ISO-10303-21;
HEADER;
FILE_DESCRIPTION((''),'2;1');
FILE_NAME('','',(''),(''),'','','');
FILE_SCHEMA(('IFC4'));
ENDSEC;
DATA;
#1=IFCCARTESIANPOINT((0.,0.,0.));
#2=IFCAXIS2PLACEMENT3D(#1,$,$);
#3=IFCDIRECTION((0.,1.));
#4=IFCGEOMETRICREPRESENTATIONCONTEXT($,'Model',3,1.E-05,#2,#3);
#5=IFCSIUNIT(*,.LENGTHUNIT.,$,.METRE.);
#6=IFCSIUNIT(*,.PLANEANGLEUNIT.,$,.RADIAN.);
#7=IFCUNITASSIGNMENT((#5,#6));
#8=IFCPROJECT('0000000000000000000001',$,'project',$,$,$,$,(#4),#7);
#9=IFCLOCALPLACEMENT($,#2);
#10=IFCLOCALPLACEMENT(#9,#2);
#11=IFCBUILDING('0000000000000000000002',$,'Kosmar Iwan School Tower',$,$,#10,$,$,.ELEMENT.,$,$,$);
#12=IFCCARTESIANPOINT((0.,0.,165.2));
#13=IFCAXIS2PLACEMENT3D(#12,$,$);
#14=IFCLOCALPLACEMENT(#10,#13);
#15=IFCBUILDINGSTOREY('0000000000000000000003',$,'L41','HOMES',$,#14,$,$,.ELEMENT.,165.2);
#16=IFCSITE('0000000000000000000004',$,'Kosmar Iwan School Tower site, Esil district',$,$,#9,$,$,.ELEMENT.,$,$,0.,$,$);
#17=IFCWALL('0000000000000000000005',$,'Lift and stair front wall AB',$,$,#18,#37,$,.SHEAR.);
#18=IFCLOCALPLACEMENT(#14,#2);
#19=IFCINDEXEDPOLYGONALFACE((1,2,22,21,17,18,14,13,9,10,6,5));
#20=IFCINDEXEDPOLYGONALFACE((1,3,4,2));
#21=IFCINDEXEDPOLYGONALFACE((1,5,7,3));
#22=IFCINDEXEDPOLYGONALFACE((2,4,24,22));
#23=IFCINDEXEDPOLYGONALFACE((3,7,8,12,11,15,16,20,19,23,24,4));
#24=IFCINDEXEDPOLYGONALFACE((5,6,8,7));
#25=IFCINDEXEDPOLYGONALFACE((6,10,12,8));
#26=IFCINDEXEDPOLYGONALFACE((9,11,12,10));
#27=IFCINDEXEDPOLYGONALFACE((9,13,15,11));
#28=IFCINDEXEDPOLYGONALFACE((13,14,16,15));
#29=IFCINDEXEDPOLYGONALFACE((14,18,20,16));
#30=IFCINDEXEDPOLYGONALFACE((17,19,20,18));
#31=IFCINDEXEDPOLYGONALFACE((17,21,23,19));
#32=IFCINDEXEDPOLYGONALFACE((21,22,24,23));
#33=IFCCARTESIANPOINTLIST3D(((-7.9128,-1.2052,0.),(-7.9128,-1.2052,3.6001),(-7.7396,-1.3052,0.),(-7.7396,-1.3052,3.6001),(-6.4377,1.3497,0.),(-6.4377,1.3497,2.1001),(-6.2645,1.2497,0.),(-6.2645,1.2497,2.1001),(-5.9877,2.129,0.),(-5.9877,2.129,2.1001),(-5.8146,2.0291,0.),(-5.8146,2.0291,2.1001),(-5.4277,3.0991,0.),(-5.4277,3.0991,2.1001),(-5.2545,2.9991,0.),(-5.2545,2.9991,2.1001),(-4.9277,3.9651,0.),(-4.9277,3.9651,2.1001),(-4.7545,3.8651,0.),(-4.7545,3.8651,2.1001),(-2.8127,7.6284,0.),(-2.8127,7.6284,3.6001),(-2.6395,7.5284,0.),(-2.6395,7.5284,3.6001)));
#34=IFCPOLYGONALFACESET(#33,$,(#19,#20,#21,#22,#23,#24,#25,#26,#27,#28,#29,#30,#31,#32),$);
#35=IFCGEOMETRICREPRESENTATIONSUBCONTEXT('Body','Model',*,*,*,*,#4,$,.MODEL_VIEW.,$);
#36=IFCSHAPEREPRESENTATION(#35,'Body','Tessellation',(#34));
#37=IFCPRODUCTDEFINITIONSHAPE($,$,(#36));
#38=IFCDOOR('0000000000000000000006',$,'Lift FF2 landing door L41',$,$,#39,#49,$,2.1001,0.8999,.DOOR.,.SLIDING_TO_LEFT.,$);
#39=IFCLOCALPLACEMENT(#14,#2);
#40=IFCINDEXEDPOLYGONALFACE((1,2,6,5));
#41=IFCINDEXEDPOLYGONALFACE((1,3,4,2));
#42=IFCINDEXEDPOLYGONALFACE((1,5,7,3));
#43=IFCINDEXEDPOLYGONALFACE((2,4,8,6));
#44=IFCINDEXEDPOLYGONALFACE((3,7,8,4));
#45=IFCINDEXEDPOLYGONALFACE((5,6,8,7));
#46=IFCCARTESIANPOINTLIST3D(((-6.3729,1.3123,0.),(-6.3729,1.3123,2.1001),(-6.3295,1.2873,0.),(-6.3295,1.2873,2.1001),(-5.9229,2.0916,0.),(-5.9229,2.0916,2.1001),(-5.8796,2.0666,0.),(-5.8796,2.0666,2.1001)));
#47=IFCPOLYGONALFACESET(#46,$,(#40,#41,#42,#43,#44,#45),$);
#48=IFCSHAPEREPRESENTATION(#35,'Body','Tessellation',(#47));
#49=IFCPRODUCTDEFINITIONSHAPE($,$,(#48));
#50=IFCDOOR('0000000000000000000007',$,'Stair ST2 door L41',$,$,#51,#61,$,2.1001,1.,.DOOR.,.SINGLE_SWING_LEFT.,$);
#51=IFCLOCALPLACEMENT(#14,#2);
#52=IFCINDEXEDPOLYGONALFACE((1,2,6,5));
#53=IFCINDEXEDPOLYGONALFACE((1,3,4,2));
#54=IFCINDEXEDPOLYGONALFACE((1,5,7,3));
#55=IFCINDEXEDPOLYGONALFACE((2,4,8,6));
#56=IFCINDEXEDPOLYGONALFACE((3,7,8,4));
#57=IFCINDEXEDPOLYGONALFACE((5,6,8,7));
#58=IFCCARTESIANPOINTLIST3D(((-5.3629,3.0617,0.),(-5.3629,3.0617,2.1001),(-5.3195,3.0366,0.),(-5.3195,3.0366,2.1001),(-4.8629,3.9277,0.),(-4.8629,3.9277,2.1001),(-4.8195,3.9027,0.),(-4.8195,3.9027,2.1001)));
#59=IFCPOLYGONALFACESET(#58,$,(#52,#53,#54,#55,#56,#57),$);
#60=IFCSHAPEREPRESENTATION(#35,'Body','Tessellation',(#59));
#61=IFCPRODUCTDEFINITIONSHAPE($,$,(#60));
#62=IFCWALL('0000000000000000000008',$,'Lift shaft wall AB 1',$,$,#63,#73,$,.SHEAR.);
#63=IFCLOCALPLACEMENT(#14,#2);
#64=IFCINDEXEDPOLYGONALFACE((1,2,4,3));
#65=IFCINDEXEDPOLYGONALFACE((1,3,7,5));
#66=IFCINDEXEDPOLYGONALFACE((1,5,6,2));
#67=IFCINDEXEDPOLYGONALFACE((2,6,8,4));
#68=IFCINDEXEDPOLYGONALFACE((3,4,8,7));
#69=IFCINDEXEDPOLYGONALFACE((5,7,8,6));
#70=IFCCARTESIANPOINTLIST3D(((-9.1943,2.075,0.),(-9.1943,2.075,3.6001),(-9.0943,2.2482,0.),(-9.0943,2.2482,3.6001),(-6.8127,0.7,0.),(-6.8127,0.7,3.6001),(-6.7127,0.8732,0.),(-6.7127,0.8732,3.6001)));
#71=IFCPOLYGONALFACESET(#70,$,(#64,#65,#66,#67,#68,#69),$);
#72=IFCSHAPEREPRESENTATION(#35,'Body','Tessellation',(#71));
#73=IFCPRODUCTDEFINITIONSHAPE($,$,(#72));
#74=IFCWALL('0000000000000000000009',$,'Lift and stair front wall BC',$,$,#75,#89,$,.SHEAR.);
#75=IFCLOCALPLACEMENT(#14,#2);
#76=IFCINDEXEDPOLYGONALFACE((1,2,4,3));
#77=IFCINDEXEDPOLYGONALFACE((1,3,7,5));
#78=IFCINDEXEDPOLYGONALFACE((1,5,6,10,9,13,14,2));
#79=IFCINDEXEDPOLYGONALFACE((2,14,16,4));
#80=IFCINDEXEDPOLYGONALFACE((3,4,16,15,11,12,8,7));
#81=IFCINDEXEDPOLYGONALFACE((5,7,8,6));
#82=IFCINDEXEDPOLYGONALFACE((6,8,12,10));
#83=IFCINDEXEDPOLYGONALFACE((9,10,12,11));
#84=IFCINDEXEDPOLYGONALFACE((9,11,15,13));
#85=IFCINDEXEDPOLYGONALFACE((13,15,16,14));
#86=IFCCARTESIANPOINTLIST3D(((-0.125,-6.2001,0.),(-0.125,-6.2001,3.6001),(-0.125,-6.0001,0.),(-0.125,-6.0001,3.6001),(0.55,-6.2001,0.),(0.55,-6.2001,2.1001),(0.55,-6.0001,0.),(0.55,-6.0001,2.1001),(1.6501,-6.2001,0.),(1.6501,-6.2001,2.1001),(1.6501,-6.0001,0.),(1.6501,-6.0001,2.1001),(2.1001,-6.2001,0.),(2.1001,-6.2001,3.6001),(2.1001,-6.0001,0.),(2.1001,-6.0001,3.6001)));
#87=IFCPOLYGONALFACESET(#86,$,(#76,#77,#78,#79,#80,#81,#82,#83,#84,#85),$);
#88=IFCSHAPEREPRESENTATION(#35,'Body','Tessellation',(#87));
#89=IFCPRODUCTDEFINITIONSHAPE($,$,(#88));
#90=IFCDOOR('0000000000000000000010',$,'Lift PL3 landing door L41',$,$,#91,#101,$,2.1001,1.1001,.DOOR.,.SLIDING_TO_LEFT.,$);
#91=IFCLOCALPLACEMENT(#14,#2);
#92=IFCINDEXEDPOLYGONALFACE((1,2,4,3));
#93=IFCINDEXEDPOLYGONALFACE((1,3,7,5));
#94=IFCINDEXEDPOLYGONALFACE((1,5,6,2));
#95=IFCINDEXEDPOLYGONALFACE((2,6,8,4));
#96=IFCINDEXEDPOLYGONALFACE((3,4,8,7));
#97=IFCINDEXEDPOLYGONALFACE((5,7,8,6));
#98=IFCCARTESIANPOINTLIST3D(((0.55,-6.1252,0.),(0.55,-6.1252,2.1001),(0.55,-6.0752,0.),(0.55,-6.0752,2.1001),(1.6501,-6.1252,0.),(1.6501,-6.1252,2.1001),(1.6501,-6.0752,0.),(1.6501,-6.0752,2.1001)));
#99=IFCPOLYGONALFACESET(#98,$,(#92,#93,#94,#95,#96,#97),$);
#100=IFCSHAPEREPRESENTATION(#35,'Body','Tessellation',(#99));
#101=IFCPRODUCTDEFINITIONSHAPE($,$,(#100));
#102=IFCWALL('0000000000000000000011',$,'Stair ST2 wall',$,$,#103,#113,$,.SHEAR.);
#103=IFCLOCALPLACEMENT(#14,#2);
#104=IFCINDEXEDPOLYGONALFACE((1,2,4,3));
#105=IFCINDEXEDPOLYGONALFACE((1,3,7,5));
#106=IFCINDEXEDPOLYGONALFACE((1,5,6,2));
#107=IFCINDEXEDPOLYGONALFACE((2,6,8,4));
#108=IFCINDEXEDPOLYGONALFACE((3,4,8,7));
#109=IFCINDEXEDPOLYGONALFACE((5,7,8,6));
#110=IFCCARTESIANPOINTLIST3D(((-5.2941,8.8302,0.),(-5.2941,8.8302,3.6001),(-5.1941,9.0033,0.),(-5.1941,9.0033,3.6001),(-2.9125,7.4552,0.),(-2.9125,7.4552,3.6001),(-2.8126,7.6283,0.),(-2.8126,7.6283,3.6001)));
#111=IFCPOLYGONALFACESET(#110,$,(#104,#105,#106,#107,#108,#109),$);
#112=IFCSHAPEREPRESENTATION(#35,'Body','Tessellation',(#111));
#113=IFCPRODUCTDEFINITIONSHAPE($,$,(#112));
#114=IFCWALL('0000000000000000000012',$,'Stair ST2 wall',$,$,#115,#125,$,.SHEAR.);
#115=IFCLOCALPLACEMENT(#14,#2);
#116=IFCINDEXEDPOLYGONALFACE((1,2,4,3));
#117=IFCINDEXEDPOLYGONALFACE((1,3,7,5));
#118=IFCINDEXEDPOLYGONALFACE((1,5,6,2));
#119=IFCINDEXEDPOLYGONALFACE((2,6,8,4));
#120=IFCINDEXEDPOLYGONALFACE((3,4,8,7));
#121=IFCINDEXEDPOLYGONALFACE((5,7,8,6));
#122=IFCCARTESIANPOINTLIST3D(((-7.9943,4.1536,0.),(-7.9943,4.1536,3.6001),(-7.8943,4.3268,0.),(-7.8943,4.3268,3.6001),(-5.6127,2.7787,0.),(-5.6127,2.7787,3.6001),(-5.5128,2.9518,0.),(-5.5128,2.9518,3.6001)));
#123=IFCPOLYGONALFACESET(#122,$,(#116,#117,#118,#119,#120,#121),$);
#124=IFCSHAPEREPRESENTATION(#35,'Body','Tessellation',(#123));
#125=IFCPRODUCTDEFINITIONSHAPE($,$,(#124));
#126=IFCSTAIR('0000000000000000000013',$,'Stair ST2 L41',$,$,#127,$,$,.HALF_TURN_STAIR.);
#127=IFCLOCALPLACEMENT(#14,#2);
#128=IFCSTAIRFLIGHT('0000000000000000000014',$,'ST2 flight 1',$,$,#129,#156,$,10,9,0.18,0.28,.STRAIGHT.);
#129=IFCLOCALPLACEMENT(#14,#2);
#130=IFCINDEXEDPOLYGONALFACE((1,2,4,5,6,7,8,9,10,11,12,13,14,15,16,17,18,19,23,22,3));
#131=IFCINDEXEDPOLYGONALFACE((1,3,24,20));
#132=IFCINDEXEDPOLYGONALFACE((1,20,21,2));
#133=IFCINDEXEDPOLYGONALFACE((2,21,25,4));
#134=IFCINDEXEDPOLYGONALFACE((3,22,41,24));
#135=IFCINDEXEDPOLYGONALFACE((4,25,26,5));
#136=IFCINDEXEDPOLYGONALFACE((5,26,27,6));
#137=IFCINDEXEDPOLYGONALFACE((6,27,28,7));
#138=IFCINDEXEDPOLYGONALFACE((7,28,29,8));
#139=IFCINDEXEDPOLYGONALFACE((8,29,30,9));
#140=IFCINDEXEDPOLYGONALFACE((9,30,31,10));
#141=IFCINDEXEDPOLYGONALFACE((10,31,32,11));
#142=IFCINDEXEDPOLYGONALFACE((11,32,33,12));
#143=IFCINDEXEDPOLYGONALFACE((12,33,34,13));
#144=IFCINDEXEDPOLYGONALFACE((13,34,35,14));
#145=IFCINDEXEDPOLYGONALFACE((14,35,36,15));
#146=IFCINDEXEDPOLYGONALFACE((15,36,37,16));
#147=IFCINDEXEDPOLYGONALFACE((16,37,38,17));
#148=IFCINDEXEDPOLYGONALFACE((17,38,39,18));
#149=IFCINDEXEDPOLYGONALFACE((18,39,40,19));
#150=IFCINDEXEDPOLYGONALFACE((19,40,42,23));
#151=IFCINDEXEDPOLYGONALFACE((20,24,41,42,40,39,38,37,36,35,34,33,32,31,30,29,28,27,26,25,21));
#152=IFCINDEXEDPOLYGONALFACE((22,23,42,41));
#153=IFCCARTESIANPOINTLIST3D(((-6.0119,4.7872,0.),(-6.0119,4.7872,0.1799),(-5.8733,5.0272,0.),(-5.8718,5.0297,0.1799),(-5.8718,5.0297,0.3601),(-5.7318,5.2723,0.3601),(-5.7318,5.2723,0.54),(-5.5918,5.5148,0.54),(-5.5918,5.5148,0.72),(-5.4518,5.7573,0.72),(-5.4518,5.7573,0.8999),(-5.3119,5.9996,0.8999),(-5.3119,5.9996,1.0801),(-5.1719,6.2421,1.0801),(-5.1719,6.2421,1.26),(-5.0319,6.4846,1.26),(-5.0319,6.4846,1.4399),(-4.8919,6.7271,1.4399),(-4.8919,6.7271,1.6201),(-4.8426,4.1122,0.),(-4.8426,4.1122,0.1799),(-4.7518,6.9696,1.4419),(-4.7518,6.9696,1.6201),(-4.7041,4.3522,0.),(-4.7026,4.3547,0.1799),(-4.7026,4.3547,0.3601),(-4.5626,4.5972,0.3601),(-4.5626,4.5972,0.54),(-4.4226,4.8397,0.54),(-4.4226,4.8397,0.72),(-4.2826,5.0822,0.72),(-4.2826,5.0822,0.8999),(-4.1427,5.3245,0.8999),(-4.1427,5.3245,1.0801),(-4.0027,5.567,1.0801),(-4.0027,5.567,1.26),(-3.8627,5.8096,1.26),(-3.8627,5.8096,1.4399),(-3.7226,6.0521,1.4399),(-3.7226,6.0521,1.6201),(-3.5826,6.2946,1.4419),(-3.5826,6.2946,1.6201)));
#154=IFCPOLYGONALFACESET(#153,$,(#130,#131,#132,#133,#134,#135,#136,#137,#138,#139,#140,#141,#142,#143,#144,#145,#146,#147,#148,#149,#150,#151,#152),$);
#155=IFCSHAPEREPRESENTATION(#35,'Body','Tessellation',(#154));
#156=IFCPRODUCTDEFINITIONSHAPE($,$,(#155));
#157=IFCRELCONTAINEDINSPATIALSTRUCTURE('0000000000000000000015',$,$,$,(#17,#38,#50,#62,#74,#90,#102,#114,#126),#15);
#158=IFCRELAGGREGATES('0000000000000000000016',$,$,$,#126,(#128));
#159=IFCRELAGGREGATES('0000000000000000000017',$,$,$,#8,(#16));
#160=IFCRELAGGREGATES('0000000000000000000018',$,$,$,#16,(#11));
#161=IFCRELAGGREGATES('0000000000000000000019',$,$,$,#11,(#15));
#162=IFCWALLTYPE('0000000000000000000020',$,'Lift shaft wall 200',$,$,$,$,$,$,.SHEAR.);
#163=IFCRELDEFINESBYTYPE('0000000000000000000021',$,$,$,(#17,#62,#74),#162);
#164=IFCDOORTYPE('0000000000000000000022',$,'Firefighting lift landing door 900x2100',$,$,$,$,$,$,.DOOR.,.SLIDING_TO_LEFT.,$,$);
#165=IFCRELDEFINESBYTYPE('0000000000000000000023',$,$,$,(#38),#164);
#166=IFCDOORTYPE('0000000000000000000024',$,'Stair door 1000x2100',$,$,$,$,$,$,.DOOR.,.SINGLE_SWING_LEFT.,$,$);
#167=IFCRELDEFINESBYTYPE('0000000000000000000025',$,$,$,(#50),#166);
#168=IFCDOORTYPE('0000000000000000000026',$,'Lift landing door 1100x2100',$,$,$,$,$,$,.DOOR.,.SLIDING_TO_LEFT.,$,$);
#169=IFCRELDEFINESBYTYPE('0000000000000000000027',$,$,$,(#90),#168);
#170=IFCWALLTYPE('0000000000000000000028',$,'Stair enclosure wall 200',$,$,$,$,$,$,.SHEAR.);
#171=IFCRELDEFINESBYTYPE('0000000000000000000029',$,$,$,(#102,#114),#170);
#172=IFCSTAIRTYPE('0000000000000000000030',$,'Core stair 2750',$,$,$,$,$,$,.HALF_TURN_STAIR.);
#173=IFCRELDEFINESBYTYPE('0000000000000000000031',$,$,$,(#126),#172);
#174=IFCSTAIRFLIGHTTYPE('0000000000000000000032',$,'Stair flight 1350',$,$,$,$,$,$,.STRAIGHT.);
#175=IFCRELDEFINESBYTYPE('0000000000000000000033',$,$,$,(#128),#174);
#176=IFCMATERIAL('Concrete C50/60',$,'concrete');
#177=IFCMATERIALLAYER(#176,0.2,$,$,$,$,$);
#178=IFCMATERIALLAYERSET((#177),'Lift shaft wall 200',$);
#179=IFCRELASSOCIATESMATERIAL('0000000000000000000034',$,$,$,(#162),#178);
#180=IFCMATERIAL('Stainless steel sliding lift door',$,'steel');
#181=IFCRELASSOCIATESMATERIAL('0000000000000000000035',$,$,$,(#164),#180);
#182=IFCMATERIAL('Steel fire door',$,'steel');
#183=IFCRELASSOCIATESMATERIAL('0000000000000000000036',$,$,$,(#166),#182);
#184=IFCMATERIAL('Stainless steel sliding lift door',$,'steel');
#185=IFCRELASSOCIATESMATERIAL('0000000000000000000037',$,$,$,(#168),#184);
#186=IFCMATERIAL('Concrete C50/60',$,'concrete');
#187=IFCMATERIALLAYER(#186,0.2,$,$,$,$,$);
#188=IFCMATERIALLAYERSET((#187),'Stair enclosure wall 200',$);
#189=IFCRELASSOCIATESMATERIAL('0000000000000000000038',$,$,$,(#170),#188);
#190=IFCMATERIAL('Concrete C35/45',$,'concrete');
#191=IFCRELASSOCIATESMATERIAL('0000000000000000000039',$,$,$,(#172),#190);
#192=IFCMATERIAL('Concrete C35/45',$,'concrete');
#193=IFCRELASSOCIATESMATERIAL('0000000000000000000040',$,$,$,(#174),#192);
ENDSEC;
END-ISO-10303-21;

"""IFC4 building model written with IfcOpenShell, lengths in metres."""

from ifc_helpers import new_model, si_unit, direction, frame, frame_2d, origin, place, context, subcontext, project, spatial, polyline, rectangle, outline, extrude, material, layer, layer_set, type_object, element, fill, aggregate, save


model = new_model("IFC4")

# Units and contexts
model_context = context("Model", 3, precision=1e-05, world=origin(), true_north=direction((0.0, 1.0)))
body_context = subcontext(model_context, "Body", "Model", "MODEL_VIEW")
ifc_project = project(units=[si_unit("LENGTHUNIT", "METRE"), si_unit("PLANEANGLEUNIT", "RADIAN")], contexts=[model_context])

# Site, building, storey
site_placement = place(None, origin())
site = spatial("IfcSite", under=ifc_project, at=site_placement, Name="Kosmar Iwan School Tower site, Esil district", CompositionType="ELEMENT", RefElevation=0.0)
building_placement = place(site_placement, origin())
building = spatial("IfcBuilding", under=site, at=building_placement, Name="Kosmar Iwan School Tower", CompositionType="ELEMENT")
storey_placement = place(building_placement, frame((0.0, 0.0, 165.2)))
storey = spatial("IfcBuildingStorey", under=building, at=storey_placement, Name="L41", Description="HOMES", CompositionType="ELEMENT", Elevation=165.2)

# Wall, openings, doors
ifc_material_1 = material(Name="Concrete C50/60", Category="concrete")
ifc_layer_1 = layer(ifc_material_1, 0.2)
ifc_layer_set_1 = layer_set([ifc_layer_1], Name="Lift shaft wall 200")
wall_type_1 = type_object("IfcWallType", Name="Lift shaft wall 200", PredefinedType="SHEAR", material=ifc_layer_set_1)
wall_1_placement = place(storey_placement, frame((-2.7261, 7.5784, 0.0), z_axis=(0.0, 0.0, 1.0), x_axis=(-0.500006, -0.866022, 0.0)))
wall_1 = element("IfcWall", 1, at=wall_1_placement, inside=storey, type_object=wall_type_1, Name="Lift and stair front wall AB", PredefinedType="SHEAR", context=body_context, shape_type="SweptSolid", body=[
    extrude(rectangle(XDim=10.2002, YDim=0.2, at=frame_2d((5.1001, 0.0))), origin(), (0.0, 0.0, 1.0), 3.6001),
])
opening_1_placement = place(wall_1_placement, frame((6.3501, 0.0, 0.0)))
opening_1 = element("IfcOpeningElement", 2, at=opening_1_placement, cuts=wall_1, PredefinedType="OPENING", context=body_context, shape_type="SweptSolid", body=[
    extrude(rectangle(XDim=0.8999, YDim=2.1001, at=frame_2d((0.45, 1.05))), frame((0.0, 0.1121, 0.0), z_axis=(0.0, -1.0, 0.0), x_axis=(1.0, 0.0, 0.0)), (0.0, 0.0, 1.0), 0.2239),
])
opening_2_placement = place(wall_1_placement, frame((4.23, 0.0, 0.0)))
opening_2 = element("IfcOpeningElement", 3, at=opening_2_placement, cuts=wall_1, PredefinedType="OPENING", context=body_context, shape_type="SweptSolid", body=[
    extrude(rectangle(XDim=1.0, YDim=2.1001, at=frame_2d((0.5, 1.05))), frame((0.0, 0.1121, 0.0), z_axis=(0.0, -1.0, 0.0), x_axis=(1.0, 0.0, 0.0)), (0.0, 0.0, 1.0), 0.2239),
])
ifc_material_2 = material(Name="Stainless steel sliding lift door", Category="steel")
door_type_1 = type_object("IfcDoorType", Name="Firefighting lift landing door 900x2100", OperationType="SLIDING_TO_LEFT", PredefinedType="DOOR", material=ifc_material_2)
door_1_placement = place(opening_1_placement, origin())
door_1 = element("IfcDoor", 4, at=door_1_placement, inside=storey, type_object=door_type_1, Name="Lift FF2 landing door L41", OperationType="SLIDING_TO_LEFT", OverallHeight=2.1001, OverallWidth=0.8999, PredefinedType="DOOR", context=body_context, shape_type="SweptSolid", body=[
    extrude(rectangle(XDim=0.8999, YDim=2.1001, at=frame_2d((0.45, 1.05))), frame((0.0, 0.0249, 0.0), z_axis=(0.0, -1.0, 0.0), x_axis=(1.0, 0.0, 0.0)), (0.0, 0.0, 1.0), 0.05),
])
fill(opening_1, door_1)
ifc_material_3 = material(Name="Steel fire door", Category="steel")
door_type_2 = type_object("IfcDoorType", Name="Stair door 1000x2100", OperationType="SINGLE_SWING_LEFT", PredefinedType="DOOR", material=ifc_material_3)
door_2_placement = place(opening_2_placement, origin())
door_2 = element("IfcDoor", 5, at=door_2_placement, inside=storey, type_object=door_type_2, Name="Stair ST2 door L41", OperationType="SINGLE_SWING_LEFT", OverallHeight=2.1001, OverallWidth=1.0, PredefinedType="DOOR", context=body_context, shape_type="SweptSolid", body=[
    extrude(rectangle(XDim=1.0, YDim=2.1001, at=frame_2d((0.5, 1.05))), frame((0.0, 0.0249, 0.0), z_axis=(0.0, -1.0, 0.0), x_axis=(1.0, 0.0, 0.0)), (0.0, 0.0, 1.0), 0.05),
])
fill(opening_2, door_2)

# Wall
wall_2_placement = place(storey_placement, frame((-6.7627, 0.7866, 0.0), z_axis=(0.0, 0.0, 1.0), x_axis=(-0.866027, 0.499997, 0.0)))
element("IfcWall", 6, at=wall_2_placement, inside=storey, type_object=wall_type_1, Name="Lift shaft wall AB 1", PredefinedType="SHEAR", context=body_context, shape_type="SweptSolid", body=[
    extrude(rectangle(XDim=2.75, YDim=0.2, at=frame_2d((1.375, 0.0))), origin(), (0.0, 0.0, 1.0), 3.6001),
])

# Wall, opening, door
wall_3_placement = place(storey_placement, frame((-0.125, -6.1001, 0.0), z_axis=(0.0, 0.0, 1.0), x_axis=(1.0, 0.0, 0.0)))
wall_3 = element("IfcWall", 7, at=wall_3_placement, inside=storey, type_object=wall_type_1, Name="Lift and stair front wall BC", PredefinedType="SHEAR", context=body_context, shape_type="SweptSolid", body=[
    extrude(rectangle(XDim=2.2251, YDim=0.2, at=frame_2d((1.1125, 0.0))), origin(), (0.0, 0.0, 1.0), 3.6001),
])
opening_3_placement = place(wall_3_placement, frame((0.675, 0.0, 0.0)))
opening_3 = element("IfcOpeningElement", 8, at=opening_3_placement, cuts=wall_3, PredefinedType="OPENING", context=body_context, shape_type="SweptSolid", body=[
    extrude(rectangle(XDim=1.1001, YDim=2.1001, at=frame_2d((0.55, 1.05))), frame((0.0, 0.1121, 0.0), z_axis=(0.0, -1.0, 0.0), x_axis=(1.0, 0.0, 0.0)), (0.0, 0.0, 1.0), 0.2239),
])
ifc_material_4 = material(Name="Stainless steel sliding lift door", Category="steel")
door_type_3 = type_object("IfcDoorType", Name="Lift landing door 1100x2100", OperationType="SLIDING_TO_LEFT", PredefinedType="DOOR", material=ifc_material_4)
door_3_placement = place(opening_3_placement, origin())
door_3 = element("IfcDoor", 9, at=door_3_placement, inside=storey, type_object=door_type_3, Name="Lift PL3 landing door L41", OperationType="SLIDING_TO_LEFT", OverallHeight=2.1001, OverallWidth=1.1001, PredefinedType="DOOR", context=body_context, shape_type="SweptSolid", body=[
    extrude(rectangle(XDim=1.1001, YDim=2.1001, at=frame_2d((0.55, 1.05))), frame((0.0, 0.0249, 0.0), z_axis=(0.0, -1.0, 0.0), x_axis=(1.0, 0.0, 0.0)), (0.0, 0.0, 1.0), 0.05),
])
fill(opening_3, door_3)

# Walls
ifc_material_5 = material(Name="Concrete C50/60", Category="concrete")
ifc_layer_2 = layer(ifc_material_5, 0.2)
ifc_layer_set_2 = layer_set([ifc_layer_2], Name="Stair enclosure wall 200")
wall_type_2 = type_object("IfcWallType", Name="Stair enclosure wall 200", PredefinedType="SHEAR", material=ifc_layer_set_2)
for number, where, z_axis, x_axis, name in (
    (10, (-2.8625, 7.5417, 0.0), (0.0, 0.0, 1.0), (-0.866027, 0.499997, 0.0), "Stair ST2 wall"),
    (11, (-5.5627, 2.8652, 0.0), (0.0, 0.0, 1.0), (-0.866027, 0.499997, 0.0), "Stair ST2 wall"),
):
    element("IfcWall", number, at=place(storey_placement, frame(where, z_axis=z_axis, x_axis=x_axis)), inside=storey, type_object=wall_type_2, Name=name, PredefinedType="SHEAR", context=body_context, shape_type="SweptSolid", body=[
        extrude(rectangle(XDim=2.75, YDim=0.2, at=frame_2d((1.375, 0.0))), origin(), (0.0, 0.0, 1.0), 3.6001),
    ])

# Stair, stair flight
ifc_material_6 = material(Name="Concrete C35/45", Category="concrete")
stair_type = type_object("IfcStairType", Name="Core stair 2750", PredefinedType="HALF_TURN_STAIR", material=ifc_material_6)
stair_placement = place(storey_placement, origin())
stair = element("IfcStair", 12, at=stair_placement, inside=storey, type_object=stair_type, Name="Stair ST2 L41", PredefinedType="HALF_TURN_STAIR")
ifc_material_7 = material(Name="Concrete C35/45", Category="concrete")
stair_flight_type = type_object("IfcStairFlightType", Name="Stair flight 1350", PredefinedType="STRAIGHT", material=ifc_material_7)
stair_flight_1_placement = place(storey_placement, frame((-5.4272, 4.4497, 0.0), z_axis=(0.0, 0.0, 1.0), x_axis=(0.5, 0.866025, 0.0)))
stair_flight_1 = element("IfcStairFlight", 13, at=stair_flight_1_placement, type_object=stair_flight_type, Name="ST2 flight 1", NumberOfRisers=10, NumberOfTreads=9, PredefinedType="STRAIGHT", RiserHeight=0.18, TreadLength=0.28, context=body_context, shape_type="SweptSolid", body=[
    extrude(outline(polyline([(0.0, 0.0), (0.0, 0.1799), (0.28, 0.1799), (0.28, 0.3601), (0.5601, 0.3601), (0.5601, 0.54), (0.8401, 0.54), (0.8401, 0.72), (1.1201, 0.72), (1.1201, 0.8999), (1.3999, 0.8999), (1.3999, 1.0801), (1.6799, 1.0801), (1.6799, 1.26), (1.96, 1.26), (1.96, 1.4399), (2.24, 1.4399), (2.24, 1.6201), (2.52, 1.6201), (2.52, 1.8), (2.52, 1.4419), (0.2771, 0.0), (0.0, 0.0)])), frame((0.0, 0.675, 0.0), z_axis=(0.0, -1.0, 0.0), x_axis=(1.0, 0.0, 0.0)), (0.0, 0.0, 1.0), 1.3501),
])
aggregate(stair, [stair_flight_1])

save(model, "model.ifc")
